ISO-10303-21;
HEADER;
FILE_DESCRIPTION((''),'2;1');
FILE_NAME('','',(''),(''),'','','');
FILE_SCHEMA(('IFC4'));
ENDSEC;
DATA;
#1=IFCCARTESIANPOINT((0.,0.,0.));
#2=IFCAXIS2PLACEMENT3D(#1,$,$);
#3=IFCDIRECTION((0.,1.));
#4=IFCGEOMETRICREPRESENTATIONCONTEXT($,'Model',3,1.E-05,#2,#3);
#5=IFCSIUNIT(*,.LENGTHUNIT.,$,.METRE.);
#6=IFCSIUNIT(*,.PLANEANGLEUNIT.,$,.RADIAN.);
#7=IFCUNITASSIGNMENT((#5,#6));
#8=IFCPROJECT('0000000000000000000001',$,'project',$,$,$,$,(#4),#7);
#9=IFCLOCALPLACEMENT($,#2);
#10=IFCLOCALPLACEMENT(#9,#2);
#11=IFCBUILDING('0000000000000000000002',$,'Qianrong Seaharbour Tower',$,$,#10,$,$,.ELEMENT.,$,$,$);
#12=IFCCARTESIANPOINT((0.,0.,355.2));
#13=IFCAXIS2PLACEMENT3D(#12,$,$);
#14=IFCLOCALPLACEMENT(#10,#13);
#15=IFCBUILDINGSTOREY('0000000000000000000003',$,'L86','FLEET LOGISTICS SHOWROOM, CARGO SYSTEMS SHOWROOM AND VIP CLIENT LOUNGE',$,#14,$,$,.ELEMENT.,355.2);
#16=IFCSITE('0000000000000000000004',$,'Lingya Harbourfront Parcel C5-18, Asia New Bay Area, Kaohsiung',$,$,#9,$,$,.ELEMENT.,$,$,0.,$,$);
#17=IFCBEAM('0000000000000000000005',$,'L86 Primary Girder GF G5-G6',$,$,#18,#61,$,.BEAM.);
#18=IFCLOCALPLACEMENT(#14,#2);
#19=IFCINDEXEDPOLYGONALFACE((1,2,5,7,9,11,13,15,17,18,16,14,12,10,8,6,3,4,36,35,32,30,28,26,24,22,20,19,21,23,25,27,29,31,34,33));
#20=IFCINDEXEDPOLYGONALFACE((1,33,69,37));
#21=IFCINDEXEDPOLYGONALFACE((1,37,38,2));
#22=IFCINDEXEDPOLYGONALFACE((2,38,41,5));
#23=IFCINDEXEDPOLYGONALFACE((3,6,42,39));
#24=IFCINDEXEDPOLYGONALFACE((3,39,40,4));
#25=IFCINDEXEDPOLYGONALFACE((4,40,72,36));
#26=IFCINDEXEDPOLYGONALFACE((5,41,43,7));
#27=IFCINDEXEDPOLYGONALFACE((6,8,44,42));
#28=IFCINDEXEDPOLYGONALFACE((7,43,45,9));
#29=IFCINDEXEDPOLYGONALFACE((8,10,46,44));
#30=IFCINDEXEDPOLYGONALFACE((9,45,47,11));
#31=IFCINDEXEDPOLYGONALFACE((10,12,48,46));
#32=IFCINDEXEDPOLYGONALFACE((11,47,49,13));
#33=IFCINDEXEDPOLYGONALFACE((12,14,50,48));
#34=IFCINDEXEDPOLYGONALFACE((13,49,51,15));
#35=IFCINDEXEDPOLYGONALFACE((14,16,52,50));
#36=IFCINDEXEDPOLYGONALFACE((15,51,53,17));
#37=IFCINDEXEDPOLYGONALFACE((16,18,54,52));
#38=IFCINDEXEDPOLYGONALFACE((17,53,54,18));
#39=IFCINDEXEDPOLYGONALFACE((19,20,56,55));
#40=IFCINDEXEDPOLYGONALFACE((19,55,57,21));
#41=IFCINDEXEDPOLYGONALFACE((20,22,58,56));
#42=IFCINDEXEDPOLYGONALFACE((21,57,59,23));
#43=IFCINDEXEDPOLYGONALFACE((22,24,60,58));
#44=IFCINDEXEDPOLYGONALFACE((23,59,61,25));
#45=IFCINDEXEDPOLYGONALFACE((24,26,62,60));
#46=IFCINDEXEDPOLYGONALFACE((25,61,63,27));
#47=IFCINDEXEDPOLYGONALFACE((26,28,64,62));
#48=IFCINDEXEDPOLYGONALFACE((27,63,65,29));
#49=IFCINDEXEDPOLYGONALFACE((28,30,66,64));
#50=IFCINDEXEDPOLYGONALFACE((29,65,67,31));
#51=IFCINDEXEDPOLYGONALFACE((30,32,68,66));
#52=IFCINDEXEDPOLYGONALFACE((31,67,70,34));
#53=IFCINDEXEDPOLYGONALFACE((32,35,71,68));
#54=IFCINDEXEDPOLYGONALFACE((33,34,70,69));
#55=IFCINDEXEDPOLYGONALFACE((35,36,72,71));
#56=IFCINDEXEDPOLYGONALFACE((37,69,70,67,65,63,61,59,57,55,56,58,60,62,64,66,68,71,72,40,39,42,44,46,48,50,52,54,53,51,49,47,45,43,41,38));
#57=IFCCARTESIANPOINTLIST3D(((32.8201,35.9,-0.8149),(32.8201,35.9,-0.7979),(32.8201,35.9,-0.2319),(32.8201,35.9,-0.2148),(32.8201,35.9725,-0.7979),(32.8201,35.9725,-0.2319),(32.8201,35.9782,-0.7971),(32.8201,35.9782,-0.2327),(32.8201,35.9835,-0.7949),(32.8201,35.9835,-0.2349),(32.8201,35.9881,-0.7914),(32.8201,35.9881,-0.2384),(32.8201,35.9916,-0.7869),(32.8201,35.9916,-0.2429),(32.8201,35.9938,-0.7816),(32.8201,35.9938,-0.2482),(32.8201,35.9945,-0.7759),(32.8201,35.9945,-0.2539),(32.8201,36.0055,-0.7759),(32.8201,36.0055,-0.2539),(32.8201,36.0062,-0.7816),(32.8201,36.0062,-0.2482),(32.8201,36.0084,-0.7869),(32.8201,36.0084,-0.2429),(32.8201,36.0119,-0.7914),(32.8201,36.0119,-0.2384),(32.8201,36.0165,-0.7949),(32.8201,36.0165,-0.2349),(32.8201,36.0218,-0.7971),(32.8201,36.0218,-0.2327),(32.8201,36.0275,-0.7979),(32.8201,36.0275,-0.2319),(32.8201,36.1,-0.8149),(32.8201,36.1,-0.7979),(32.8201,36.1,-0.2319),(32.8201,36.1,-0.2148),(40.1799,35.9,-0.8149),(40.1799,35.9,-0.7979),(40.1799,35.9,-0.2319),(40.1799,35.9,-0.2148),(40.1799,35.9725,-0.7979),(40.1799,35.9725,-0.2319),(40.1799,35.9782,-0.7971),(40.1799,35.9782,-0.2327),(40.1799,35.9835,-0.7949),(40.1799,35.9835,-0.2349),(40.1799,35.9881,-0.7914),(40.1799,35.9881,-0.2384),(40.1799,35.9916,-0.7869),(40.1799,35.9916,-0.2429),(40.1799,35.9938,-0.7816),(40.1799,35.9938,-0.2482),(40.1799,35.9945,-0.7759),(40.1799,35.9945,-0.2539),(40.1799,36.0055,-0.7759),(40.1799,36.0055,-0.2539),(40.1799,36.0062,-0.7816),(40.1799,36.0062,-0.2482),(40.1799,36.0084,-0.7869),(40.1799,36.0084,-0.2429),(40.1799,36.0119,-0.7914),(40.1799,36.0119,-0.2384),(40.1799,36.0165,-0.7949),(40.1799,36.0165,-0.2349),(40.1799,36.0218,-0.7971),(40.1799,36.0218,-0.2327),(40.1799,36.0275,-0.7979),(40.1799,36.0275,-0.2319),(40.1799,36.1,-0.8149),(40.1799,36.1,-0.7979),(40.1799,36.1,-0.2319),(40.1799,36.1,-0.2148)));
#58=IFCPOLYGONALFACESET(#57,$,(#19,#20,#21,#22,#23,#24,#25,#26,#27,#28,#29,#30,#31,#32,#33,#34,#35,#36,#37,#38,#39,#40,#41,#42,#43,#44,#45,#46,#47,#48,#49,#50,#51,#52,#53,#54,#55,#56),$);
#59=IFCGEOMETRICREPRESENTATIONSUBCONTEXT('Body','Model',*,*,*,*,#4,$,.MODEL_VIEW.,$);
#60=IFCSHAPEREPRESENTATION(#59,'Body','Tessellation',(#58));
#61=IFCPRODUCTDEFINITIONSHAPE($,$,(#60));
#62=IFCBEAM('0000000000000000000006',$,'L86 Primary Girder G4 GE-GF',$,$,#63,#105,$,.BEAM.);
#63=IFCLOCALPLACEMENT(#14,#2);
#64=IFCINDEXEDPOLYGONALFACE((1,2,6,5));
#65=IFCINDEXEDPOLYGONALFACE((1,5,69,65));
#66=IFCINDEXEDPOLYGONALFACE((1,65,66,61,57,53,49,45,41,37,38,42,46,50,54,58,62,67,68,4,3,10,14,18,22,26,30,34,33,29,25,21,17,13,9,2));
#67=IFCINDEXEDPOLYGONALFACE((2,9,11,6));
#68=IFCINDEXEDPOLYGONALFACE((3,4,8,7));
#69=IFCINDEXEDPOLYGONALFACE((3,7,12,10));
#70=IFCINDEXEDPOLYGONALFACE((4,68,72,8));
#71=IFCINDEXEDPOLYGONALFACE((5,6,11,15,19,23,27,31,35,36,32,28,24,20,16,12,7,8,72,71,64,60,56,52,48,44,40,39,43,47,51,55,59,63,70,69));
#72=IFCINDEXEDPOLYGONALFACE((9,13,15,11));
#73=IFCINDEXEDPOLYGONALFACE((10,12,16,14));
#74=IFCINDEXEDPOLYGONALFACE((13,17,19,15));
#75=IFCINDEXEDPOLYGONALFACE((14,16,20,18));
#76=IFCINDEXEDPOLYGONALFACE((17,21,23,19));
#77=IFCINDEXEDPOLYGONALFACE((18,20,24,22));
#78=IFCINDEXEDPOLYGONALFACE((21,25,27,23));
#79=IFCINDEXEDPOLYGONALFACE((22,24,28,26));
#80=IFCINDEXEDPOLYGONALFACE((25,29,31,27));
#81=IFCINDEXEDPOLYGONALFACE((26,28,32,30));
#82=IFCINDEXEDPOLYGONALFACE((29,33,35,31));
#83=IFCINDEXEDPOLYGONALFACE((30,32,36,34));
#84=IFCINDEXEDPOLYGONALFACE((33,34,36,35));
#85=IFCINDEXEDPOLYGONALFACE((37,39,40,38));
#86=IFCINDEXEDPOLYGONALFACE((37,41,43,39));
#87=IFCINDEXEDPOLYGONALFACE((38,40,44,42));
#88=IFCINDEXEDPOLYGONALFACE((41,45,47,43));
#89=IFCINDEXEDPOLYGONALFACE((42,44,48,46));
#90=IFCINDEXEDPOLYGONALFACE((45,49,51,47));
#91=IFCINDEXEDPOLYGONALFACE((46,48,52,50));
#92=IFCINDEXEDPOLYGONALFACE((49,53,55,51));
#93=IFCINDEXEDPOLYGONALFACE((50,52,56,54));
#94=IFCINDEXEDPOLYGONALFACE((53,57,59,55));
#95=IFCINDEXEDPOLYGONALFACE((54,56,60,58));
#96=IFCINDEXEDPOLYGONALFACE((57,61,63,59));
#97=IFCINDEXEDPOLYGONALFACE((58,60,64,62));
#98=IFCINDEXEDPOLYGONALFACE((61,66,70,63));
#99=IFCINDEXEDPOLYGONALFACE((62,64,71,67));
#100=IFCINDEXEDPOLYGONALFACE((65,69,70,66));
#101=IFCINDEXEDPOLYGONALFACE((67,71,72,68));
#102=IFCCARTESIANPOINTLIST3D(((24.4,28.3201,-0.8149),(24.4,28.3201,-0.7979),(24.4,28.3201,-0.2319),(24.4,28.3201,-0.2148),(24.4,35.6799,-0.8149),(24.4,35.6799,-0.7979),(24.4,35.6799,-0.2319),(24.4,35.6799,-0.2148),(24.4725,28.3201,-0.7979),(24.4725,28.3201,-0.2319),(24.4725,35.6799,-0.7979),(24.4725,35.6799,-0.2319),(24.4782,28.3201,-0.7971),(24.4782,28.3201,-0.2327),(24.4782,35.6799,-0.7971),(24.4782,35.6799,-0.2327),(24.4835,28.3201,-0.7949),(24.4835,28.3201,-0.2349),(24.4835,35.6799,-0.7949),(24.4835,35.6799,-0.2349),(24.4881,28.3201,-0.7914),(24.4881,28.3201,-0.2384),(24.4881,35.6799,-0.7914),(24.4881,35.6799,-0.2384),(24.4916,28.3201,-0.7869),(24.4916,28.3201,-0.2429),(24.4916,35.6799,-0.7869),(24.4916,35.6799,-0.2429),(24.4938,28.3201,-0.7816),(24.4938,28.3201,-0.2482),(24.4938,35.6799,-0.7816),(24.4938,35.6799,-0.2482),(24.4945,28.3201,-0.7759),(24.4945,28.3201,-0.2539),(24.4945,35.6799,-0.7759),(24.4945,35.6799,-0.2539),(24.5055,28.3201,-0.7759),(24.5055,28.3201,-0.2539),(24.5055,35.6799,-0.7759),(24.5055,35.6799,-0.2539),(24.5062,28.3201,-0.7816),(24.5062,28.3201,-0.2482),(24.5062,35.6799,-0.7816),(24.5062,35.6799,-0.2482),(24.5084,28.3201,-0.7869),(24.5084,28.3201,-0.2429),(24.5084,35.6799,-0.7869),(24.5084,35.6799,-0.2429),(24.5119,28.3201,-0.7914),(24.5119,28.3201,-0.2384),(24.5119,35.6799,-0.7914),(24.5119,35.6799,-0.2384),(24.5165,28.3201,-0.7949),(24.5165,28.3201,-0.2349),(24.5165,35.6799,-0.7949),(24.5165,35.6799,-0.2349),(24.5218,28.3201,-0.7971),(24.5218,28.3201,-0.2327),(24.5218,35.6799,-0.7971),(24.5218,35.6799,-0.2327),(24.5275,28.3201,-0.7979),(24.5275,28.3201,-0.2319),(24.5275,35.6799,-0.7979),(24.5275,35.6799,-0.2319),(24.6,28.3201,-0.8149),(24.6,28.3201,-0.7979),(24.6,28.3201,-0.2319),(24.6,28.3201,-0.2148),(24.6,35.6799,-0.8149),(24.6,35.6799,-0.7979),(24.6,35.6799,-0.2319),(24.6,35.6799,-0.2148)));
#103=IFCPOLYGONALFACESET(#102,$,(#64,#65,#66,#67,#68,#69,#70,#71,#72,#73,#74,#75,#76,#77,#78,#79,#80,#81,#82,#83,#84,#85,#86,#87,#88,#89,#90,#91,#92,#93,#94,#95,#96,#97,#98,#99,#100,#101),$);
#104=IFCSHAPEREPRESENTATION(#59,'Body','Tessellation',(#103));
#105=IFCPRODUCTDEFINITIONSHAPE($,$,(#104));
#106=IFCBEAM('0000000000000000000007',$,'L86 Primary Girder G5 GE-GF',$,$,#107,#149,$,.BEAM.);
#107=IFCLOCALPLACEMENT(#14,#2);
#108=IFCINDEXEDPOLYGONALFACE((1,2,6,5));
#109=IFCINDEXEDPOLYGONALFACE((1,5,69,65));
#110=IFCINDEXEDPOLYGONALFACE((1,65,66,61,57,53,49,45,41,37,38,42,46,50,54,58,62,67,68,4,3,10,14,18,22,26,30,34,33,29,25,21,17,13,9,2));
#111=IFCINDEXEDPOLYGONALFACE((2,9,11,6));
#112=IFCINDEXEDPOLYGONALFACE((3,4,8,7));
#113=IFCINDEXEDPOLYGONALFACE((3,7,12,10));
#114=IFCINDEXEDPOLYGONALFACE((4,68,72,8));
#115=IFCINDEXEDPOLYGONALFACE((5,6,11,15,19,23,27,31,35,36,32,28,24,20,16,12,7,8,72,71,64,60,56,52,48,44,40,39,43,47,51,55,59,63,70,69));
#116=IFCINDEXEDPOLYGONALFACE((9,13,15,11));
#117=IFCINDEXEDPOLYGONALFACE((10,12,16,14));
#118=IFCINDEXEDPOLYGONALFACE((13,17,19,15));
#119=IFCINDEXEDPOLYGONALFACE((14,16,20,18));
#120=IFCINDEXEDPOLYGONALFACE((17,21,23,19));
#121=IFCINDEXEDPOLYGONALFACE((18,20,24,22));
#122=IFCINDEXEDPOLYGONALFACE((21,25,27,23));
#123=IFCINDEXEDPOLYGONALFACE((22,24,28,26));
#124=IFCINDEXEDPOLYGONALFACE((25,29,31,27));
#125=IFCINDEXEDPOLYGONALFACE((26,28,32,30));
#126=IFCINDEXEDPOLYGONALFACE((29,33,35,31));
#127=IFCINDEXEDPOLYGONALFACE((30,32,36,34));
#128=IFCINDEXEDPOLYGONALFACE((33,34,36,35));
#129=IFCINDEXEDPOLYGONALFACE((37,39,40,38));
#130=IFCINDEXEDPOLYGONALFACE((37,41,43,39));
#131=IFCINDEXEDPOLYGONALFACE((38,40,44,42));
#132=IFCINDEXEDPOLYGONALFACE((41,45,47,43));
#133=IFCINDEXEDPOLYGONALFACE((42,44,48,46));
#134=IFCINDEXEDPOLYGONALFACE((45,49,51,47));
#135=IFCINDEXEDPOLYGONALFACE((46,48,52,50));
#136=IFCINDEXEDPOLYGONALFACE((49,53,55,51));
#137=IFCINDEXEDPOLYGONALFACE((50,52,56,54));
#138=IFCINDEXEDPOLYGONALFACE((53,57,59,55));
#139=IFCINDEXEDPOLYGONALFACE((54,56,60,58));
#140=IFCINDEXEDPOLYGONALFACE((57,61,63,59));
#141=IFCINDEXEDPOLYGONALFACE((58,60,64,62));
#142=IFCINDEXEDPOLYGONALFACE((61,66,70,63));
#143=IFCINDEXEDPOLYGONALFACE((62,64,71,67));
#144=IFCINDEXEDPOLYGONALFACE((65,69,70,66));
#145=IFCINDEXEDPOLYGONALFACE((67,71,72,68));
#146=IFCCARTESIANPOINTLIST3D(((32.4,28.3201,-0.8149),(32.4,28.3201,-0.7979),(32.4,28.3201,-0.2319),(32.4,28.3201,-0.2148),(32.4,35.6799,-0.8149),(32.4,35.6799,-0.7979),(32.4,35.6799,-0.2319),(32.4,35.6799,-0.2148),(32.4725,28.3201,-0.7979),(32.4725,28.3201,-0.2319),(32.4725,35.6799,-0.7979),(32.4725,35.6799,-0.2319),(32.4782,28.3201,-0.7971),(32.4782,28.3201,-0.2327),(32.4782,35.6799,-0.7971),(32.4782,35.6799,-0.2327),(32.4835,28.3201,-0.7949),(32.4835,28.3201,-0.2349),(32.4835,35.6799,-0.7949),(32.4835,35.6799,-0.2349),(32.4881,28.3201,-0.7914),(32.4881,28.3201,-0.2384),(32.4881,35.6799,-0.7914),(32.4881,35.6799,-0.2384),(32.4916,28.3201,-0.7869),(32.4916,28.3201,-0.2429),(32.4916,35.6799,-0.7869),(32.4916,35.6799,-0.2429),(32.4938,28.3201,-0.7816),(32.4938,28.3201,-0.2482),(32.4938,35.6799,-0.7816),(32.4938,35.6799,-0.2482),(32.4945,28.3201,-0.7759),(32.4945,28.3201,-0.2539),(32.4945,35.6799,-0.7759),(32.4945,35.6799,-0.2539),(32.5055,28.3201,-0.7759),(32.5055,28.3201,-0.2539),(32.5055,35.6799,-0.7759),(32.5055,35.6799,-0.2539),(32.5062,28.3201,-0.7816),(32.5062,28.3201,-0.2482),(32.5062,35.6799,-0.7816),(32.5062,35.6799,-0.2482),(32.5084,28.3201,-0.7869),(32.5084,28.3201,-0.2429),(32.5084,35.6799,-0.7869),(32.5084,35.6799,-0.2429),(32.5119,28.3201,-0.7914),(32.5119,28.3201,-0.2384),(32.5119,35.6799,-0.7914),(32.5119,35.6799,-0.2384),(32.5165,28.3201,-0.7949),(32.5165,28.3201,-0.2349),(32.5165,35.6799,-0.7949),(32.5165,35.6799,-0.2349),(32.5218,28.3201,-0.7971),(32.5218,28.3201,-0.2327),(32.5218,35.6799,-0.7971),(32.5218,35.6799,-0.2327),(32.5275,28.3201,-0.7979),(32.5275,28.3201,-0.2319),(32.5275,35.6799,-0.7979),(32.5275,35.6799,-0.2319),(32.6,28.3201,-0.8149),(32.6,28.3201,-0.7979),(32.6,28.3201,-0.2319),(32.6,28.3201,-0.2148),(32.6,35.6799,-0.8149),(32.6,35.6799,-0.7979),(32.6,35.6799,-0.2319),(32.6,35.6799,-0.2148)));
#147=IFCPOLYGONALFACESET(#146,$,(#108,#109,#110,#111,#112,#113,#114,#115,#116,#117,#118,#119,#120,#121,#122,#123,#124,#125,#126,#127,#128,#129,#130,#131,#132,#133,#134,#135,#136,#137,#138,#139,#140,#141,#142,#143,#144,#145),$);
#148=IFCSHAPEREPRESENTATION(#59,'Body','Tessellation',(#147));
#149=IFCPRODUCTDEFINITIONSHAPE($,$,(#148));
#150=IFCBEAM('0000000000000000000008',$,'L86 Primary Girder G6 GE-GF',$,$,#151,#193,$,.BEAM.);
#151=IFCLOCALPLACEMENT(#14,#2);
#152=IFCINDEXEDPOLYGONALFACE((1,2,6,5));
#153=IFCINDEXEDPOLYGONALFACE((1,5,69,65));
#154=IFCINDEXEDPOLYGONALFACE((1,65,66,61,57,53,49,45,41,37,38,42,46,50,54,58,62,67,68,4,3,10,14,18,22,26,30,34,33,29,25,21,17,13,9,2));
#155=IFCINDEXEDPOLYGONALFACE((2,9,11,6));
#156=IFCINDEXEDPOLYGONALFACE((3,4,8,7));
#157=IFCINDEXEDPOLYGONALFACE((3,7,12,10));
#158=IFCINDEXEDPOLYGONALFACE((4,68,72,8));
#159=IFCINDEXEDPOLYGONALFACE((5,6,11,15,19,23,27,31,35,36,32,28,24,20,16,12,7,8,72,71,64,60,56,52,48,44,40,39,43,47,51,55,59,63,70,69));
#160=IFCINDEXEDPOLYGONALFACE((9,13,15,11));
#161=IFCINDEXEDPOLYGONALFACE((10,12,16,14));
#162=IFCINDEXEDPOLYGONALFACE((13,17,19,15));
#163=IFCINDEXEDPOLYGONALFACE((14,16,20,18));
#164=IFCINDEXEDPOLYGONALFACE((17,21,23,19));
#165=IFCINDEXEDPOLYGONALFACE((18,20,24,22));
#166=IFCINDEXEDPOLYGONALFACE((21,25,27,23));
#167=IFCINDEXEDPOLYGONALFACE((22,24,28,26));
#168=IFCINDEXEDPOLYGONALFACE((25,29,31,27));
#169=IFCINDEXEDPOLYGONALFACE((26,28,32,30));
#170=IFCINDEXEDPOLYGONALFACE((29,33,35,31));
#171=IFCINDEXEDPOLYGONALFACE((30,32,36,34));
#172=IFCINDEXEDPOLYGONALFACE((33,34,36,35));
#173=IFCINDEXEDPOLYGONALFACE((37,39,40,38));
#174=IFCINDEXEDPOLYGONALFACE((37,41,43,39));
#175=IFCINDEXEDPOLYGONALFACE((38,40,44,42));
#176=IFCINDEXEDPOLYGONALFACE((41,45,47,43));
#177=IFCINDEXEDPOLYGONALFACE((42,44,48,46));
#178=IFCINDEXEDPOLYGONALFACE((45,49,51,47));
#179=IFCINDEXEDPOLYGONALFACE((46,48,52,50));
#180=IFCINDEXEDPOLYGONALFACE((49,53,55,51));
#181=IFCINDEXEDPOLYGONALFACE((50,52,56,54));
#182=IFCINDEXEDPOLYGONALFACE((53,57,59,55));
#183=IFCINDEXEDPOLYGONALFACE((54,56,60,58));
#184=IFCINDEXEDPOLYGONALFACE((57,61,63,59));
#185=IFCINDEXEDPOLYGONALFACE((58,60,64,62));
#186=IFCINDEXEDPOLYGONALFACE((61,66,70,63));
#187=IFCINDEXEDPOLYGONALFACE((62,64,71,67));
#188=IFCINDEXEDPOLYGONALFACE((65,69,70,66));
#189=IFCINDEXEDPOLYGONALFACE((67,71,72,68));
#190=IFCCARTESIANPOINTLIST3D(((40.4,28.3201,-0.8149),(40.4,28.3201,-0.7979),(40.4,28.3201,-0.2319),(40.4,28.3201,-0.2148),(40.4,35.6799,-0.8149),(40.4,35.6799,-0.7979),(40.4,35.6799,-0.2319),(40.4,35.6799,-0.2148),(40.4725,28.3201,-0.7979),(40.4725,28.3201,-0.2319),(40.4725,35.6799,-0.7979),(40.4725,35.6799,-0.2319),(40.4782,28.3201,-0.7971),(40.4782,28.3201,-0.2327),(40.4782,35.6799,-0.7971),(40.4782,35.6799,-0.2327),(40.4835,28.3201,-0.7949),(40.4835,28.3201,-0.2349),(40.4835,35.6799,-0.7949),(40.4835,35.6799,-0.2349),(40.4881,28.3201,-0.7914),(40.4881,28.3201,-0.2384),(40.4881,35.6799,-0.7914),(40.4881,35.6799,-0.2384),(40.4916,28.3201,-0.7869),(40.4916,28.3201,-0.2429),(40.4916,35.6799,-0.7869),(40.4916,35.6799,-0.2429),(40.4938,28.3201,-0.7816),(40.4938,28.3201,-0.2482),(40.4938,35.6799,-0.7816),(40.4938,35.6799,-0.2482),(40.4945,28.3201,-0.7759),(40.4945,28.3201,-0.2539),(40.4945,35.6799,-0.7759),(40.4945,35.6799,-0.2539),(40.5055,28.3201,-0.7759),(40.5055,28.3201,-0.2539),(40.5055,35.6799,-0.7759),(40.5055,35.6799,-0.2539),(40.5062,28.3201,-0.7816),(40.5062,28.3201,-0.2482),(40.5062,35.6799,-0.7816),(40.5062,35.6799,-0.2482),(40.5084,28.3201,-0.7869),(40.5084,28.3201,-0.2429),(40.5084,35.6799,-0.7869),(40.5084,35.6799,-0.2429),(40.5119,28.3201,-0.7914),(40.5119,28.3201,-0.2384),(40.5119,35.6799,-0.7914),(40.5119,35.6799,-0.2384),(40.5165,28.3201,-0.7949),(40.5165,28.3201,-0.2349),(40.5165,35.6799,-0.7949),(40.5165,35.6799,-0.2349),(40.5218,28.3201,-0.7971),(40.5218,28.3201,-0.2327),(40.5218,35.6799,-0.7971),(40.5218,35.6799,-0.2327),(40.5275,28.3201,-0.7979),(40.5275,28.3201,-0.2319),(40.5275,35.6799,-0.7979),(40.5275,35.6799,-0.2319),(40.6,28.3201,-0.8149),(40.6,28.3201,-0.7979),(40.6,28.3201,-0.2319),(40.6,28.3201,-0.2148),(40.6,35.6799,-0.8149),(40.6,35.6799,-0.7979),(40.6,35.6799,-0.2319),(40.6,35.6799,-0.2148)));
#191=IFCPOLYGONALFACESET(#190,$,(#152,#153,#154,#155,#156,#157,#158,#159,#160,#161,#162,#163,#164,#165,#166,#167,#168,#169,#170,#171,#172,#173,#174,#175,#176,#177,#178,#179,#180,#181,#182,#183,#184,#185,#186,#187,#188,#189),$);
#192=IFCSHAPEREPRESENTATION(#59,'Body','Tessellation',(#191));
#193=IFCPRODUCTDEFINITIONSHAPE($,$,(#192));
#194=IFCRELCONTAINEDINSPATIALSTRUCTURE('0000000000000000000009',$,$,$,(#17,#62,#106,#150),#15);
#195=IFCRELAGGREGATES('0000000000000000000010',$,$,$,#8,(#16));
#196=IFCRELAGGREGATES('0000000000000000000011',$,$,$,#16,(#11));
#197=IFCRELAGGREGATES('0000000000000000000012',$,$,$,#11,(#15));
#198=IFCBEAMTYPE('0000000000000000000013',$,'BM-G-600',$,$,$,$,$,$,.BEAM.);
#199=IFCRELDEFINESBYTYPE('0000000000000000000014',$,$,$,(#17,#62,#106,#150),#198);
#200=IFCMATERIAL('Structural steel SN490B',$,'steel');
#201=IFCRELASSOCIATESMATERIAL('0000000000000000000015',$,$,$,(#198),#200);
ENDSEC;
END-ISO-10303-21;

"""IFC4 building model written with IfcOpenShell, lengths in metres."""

from ifc_helpers import new_model, si_unit, direction, frame, origin, origin_2d, place, context, subcontext, project, spatial, i_section, extrude, material, material_profile, profile_set, type_object, element, save


model = new_model("IFC4")

# Units and contexts
model_context = context("Model", 3, precision=1e-05, world=origin(), true_north=direction((0.0, 1.0)))
body_context = subcontext(model_context, "Body", "Model", "MODEL_VIEW")
ifc_project = project(units=[si_unit("LENGTHUNIT", "METRE"), si_unit("PLANEANGLEUNIT", "RADIAN")], contexts=[model_context])

# Site, building, storey
site_placement = place(None, origin())
site = spatial("IfcSite", under=ifc_project, at=site_placement, Name="Lingya Harbourfront Parcel C5-18, Asia New Bay Area, Kaohsiung", CompositionType="ELEMENT", RefElevation=0.0)
building_placement = place(site_placement, origin())
building = spatial("IfcBuilding", under=site, at=building_placement, Name="Qianrong Seaharbour Tower", CompositionType="ELEMENT")
storey_placement = place(building_placement, frame((0.0, 0.0, 355.2)))
storey = spatial("IfcBuildingStorey", under=building, at=storey_placement, Name="L86", Description="FLEET LOGISTICS SHOWROOM, CARGO SYSTEMS SHOWROOM AND VIP CLIENT LOUNGE", CompositionType="ELEMENT", Elevation=355.2)

# Shared definitions
ifc_material_1 = material(Name="Structural steel SN490B", Category="steel")

# Beams
ifc_material_profile_1 = material_profile(ifc_material_1, i_section(OverallWidth=0.2, OverallDepth=0.6001, WebThickness=0.011, FlangeThickness=0.0171, FilletRadius=0.022, at=origin_2d()), Name="H600x200x11x17")
ifc_profile_set_1 = profile_set([ifc_material_profile_1], Name="Structural steel SN490B")
beam_type_1 = type_object("IfcBeamType", Name="BM-G-600", PredefinedType="BEAM", material=ifc_profile_set_1)
for number, where, z_axis, x_axis, name in (
    (1, (32.8201, 36.0, -0.5149), (1.0, 0.0, 0.0), (0.0, 1.0, 0.0), "L86 Primary Girder GF G5-G6"),
    (2, (24.5, 28.3201, -0.5149), (0.0, 1.0, 0.0), (-1.0, 0.0, 0.0), "L86 Primary Girder G4 GE-GF"),
    (3, (32.5, 28.3201, -0.5149), (0.0, 1.0, 0.0), (-1.0, 0.0, 0.0), "L86 Primary Girder G5 GE-GF"),
    (4, (40.5, 28.3201, -0.5149), (0.0, 1.0, 0.0), (-1.0, 0.0, 0.0), "L86 Primary Girder G6 GE-GF"),
):
    element("IfcBeam", number, at=place(storey_placement, frame(where, z_axis=z_axis, x_axis=x_axis)), inside=storey, type_object=beam_type_1, Name=name, PredefinedType="BEAM", context=body_context, shape_type="SweptSolid", body=[
        extrude(i_section(OverallWidth=0.2, OverallDepth=0.6001, WebThickness=0.011, FlangeThickness=0.0171, FilletRadius=0.022, at=origin_2d()), origin(), (0.0, 0.0, 1.0), 7.3599),
    ])

save(model, "model.ifc")
